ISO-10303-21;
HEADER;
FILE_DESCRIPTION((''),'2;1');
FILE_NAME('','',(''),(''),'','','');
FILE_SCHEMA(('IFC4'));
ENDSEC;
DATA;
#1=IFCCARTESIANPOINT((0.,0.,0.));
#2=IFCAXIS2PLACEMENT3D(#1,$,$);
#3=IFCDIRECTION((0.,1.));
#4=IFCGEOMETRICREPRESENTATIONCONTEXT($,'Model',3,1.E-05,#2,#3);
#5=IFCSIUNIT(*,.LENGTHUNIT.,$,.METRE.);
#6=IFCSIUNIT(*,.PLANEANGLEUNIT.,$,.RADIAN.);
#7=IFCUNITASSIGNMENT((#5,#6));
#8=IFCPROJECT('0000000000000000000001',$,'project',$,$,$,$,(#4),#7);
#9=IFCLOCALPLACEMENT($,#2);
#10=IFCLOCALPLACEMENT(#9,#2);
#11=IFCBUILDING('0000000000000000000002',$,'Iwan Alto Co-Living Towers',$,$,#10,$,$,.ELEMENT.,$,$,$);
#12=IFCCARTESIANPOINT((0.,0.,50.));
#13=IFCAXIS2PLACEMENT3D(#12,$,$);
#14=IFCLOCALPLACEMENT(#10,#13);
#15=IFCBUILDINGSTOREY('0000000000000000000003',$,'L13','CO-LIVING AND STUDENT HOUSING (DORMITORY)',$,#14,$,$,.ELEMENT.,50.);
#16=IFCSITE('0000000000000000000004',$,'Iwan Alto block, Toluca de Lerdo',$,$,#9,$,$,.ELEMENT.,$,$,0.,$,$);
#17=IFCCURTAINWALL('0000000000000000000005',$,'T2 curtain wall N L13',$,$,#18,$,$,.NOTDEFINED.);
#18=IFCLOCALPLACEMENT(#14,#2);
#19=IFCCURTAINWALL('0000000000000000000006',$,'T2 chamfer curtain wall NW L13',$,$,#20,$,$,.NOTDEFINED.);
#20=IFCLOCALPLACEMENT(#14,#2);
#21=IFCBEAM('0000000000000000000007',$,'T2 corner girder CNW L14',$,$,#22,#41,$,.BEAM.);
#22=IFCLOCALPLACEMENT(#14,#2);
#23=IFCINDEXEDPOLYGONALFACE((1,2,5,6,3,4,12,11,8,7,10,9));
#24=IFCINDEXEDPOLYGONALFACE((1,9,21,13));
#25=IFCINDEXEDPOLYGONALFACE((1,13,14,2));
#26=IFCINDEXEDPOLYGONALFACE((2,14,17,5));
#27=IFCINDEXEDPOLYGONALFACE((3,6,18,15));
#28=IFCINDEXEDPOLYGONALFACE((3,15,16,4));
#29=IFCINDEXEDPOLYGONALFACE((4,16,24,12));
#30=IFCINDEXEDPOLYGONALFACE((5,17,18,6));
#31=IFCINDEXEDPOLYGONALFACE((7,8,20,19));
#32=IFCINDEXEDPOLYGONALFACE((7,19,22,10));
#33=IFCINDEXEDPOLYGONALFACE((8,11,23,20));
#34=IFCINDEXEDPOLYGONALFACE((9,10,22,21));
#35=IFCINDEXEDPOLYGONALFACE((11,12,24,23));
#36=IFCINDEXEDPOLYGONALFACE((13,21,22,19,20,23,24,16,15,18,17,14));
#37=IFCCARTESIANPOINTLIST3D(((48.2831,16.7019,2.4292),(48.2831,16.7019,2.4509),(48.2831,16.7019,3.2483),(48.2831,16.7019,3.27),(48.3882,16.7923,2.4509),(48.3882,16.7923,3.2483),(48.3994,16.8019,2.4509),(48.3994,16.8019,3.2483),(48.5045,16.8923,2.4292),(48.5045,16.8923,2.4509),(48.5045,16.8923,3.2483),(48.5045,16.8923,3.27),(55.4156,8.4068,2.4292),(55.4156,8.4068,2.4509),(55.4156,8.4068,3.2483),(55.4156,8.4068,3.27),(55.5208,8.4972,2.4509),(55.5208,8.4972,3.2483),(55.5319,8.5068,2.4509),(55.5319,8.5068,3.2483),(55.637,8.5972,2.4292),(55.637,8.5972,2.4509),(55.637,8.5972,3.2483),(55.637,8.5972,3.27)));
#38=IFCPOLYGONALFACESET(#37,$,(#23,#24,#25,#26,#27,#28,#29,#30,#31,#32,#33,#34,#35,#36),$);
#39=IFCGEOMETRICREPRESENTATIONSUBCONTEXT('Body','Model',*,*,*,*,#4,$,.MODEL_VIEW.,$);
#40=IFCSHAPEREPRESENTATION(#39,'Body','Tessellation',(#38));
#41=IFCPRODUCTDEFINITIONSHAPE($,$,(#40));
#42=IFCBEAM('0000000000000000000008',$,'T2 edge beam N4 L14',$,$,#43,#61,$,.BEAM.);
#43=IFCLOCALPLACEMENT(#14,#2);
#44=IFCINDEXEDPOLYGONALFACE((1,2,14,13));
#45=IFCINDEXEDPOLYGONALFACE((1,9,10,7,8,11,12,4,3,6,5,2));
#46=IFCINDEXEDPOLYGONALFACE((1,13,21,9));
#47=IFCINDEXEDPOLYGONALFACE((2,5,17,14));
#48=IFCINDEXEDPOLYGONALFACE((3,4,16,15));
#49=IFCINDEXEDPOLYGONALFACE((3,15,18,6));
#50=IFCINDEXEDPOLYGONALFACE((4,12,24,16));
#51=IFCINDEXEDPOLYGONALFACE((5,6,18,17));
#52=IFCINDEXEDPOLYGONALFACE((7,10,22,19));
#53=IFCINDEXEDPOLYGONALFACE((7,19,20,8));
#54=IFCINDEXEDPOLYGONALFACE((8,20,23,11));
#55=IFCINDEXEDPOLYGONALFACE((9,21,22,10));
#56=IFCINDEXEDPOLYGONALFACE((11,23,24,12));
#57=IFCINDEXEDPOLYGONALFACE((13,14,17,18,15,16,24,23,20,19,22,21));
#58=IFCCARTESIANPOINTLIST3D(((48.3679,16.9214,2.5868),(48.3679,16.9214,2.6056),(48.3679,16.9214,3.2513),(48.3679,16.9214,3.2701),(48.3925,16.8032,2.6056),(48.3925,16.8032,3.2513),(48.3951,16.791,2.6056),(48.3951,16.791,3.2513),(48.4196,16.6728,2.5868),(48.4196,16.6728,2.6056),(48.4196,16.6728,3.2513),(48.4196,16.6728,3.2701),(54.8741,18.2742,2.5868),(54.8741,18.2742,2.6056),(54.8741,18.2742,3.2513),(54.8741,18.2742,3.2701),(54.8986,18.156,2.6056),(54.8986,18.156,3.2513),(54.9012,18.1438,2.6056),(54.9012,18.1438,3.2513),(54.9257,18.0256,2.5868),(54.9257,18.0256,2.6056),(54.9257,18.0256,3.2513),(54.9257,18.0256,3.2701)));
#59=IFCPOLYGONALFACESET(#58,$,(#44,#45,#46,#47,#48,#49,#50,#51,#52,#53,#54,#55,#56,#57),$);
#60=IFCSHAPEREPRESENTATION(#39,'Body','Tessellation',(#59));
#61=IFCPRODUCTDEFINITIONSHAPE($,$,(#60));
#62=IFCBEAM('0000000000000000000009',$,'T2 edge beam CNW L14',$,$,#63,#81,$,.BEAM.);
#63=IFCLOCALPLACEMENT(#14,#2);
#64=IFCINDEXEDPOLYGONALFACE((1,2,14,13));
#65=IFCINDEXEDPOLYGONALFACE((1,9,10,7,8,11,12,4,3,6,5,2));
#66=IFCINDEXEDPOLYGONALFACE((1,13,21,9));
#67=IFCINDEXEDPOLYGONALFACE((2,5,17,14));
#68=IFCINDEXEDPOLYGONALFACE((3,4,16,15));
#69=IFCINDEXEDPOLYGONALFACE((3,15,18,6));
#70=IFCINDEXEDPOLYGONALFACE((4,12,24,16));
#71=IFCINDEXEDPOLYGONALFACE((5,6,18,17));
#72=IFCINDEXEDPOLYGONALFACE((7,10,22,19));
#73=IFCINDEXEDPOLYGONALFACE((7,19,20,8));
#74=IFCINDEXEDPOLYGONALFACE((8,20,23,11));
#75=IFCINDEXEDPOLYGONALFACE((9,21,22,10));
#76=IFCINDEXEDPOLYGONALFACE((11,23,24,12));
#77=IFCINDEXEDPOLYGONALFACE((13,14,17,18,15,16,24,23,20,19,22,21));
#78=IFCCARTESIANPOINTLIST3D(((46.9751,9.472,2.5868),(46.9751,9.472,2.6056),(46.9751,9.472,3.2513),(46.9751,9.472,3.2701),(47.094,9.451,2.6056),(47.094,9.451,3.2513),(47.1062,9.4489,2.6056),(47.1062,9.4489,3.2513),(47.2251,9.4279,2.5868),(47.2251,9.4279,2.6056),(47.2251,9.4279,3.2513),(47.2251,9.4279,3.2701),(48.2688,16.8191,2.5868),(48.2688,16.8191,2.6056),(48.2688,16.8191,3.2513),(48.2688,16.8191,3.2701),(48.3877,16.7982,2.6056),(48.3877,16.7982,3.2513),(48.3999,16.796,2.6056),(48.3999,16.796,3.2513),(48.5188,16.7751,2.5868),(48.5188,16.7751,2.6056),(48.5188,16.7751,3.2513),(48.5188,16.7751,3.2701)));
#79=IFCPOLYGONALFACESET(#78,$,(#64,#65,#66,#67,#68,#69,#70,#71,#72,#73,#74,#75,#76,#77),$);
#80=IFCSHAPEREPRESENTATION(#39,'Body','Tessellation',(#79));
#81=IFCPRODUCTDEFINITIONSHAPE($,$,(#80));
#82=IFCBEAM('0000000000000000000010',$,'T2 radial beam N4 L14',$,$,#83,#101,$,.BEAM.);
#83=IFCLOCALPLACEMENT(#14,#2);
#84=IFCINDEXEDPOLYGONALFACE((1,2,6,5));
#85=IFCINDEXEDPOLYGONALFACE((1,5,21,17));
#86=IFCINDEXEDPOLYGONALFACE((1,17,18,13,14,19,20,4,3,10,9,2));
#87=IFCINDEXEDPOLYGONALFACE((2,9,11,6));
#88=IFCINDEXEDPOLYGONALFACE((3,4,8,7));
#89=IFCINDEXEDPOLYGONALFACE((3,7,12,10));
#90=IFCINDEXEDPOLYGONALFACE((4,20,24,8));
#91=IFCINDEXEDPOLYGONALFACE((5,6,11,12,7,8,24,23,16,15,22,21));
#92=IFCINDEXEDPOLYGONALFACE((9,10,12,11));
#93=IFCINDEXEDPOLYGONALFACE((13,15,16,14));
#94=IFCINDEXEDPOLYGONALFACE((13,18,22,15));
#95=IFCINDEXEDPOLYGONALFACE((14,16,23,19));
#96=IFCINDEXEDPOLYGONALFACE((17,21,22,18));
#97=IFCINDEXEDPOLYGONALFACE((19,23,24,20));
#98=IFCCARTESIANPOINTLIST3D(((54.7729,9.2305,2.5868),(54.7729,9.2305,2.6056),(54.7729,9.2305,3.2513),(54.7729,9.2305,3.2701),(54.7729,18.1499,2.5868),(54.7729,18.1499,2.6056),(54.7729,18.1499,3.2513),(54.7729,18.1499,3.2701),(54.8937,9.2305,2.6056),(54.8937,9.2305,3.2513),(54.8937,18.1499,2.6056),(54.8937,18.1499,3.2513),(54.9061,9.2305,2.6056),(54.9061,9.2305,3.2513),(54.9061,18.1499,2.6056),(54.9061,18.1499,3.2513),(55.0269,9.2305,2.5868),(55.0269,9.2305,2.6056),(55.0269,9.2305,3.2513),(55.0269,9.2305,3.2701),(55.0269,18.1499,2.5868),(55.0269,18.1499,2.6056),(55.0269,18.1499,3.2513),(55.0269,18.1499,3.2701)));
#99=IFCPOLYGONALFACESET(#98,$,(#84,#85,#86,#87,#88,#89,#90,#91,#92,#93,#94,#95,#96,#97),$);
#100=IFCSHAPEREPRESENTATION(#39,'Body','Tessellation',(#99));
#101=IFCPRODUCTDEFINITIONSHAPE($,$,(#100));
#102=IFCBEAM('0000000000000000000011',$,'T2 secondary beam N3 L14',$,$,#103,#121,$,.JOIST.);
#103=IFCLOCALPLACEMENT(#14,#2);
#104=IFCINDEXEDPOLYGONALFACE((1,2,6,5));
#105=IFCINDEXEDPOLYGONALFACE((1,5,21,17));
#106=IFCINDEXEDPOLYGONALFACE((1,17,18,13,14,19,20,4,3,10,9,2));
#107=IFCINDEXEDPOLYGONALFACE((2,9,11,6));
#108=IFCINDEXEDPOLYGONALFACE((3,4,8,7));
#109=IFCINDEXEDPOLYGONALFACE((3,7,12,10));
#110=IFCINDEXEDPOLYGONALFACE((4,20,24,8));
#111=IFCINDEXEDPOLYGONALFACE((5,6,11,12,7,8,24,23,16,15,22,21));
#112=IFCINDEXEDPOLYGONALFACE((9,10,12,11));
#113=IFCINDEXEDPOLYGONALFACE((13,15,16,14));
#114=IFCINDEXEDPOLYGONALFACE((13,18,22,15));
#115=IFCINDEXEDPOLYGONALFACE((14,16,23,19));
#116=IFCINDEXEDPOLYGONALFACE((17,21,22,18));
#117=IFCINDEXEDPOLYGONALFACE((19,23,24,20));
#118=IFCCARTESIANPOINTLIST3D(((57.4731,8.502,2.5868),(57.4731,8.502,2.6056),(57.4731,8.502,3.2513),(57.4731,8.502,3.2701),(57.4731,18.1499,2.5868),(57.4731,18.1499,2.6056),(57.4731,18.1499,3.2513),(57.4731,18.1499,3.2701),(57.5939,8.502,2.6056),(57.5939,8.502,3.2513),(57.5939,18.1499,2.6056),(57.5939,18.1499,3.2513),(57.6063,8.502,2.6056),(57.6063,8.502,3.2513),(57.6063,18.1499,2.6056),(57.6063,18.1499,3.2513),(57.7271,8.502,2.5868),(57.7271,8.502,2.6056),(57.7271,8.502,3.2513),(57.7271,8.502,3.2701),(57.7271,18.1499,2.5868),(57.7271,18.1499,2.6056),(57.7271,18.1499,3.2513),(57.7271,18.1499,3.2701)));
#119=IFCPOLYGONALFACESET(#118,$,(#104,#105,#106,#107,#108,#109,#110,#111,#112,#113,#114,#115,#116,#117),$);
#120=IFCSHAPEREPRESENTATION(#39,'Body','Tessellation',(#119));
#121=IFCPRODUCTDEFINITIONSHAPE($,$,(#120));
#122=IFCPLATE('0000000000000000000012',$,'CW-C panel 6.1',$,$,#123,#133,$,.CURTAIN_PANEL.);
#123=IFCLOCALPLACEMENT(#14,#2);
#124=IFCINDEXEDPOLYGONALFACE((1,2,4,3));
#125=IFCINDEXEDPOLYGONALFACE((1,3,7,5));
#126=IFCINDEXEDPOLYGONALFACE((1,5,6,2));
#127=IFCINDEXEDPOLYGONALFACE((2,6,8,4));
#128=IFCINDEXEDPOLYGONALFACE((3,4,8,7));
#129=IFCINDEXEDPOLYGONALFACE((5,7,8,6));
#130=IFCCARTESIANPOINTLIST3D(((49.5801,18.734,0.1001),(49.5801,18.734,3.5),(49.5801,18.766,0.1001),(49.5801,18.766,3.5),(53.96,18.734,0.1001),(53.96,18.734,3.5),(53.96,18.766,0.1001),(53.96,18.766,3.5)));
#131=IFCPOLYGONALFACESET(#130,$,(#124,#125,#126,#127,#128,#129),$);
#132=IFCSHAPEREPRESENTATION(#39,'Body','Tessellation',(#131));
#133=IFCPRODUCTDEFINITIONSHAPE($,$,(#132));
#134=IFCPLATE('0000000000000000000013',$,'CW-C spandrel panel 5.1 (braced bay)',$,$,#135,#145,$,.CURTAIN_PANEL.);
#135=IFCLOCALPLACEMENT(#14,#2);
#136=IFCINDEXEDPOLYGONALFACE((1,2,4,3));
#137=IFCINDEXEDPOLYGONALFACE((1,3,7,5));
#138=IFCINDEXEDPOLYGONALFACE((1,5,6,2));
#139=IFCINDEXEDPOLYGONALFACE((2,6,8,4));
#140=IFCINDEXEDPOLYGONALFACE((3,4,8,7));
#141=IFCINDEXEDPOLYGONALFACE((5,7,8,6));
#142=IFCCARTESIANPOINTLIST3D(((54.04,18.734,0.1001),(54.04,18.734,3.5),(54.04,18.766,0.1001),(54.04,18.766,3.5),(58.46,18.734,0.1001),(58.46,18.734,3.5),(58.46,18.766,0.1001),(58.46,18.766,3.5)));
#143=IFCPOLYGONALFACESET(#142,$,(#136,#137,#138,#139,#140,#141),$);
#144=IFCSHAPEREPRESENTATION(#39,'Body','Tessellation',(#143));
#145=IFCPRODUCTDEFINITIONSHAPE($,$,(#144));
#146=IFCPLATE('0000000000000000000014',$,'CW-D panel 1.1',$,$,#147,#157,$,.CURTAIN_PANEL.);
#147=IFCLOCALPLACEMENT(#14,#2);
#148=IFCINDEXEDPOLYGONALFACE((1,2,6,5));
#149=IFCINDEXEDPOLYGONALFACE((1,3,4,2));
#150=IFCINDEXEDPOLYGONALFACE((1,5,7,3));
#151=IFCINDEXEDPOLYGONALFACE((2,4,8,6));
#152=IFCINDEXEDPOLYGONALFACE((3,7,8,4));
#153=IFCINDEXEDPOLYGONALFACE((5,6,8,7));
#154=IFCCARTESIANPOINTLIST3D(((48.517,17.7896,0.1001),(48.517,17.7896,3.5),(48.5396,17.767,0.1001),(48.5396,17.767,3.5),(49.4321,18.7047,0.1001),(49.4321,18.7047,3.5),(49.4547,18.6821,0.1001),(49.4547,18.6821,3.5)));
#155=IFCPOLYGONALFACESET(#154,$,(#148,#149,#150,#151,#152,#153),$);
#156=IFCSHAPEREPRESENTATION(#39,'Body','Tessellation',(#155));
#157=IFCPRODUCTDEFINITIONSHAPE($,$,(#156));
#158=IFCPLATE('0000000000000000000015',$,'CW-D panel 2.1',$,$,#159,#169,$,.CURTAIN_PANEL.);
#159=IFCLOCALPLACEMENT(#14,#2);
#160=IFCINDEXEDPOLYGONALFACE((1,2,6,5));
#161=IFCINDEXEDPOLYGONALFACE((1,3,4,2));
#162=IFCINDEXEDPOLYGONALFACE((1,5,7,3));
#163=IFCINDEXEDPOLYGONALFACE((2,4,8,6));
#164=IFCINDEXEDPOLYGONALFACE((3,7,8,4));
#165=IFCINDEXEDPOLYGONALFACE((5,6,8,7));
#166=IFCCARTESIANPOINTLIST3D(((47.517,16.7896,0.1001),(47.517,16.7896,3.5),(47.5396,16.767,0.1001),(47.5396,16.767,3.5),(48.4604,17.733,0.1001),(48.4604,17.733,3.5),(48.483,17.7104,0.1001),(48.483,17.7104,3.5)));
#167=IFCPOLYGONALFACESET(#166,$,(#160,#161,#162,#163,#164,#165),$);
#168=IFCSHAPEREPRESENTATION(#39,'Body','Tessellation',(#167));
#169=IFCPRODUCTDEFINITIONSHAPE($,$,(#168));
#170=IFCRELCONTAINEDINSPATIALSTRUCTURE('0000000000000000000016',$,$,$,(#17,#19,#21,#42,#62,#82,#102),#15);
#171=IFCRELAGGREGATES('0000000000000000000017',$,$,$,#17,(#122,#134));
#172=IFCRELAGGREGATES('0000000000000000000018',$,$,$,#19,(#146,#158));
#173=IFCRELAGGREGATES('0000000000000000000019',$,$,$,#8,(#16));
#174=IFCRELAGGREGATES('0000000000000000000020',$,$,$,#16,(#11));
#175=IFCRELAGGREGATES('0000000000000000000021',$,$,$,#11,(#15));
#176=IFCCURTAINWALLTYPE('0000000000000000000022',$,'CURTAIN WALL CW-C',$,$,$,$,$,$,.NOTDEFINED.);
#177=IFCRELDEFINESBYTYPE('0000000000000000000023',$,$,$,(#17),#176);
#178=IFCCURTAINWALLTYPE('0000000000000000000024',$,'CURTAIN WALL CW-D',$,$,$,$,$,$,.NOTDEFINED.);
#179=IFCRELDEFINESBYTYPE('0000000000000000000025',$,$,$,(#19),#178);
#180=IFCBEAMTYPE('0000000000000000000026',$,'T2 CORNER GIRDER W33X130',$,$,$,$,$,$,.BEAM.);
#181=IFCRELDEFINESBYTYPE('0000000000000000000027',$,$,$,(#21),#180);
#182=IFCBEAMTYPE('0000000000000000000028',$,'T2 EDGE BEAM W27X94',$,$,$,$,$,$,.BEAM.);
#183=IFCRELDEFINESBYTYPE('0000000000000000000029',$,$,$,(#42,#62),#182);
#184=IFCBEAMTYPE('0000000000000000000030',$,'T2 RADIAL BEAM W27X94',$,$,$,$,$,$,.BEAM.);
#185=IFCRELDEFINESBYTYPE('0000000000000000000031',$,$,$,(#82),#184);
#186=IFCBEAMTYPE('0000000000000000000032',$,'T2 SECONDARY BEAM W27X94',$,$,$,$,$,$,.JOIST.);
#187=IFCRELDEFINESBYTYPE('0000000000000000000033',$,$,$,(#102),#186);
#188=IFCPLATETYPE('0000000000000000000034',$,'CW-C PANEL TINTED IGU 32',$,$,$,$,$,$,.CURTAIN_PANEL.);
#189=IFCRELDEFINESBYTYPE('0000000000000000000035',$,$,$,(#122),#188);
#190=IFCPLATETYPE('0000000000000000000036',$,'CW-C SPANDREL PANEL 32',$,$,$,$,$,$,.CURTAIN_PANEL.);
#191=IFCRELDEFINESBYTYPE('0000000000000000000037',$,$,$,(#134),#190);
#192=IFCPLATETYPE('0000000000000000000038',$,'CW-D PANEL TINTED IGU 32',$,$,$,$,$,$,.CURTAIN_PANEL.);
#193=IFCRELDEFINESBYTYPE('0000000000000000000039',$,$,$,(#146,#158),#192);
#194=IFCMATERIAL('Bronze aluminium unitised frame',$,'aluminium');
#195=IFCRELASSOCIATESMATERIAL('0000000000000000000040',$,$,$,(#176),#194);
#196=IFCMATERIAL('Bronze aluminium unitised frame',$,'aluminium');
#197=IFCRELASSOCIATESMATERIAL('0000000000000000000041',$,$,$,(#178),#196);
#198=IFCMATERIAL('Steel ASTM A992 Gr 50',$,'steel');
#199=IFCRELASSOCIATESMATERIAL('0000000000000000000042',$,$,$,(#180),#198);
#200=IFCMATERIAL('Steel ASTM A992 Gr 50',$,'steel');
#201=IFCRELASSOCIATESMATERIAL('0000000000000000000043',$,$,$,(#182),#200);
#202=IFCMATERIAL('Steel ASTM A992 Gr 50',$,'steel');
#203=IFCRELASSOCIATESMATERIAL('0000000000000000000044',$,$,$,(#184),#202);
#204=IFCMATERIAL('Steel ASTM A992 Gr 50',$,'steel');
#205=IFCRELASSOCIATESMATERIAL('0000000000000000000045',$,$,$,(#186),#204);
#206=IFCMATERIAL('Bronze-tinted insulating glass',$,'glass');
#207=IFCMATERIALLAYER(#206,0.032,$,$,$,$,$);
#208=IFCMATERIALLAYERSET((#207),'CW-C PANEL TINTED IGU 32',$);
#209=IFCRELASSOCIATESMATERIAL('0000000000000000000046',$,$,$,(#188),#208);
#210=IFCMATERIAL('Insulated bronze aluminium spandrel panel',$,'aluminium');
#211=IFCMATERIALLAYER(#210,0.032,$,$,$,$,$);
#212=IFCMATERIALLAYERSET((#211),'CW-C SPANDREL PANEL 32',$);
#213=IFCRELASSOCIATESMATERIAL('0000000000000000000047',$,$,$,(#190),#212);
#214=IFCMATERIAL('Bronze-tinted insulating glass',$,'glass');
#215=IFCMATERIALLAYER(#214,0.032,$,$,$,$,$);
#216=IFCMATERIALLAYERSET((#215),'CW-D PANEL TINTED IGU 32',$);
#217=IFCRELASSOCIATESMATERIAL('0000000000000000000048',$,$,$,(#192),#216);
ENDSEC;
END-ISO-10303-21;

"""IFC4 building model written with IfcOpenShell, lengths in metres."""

from ifc_helpers import new_model, si_unit, direction, frame, origin, origin_2d, place, context, subcontext, project, spatial, rectangle, i_section, extrude, material, layer, layer_set, material_profile, profile_set, type_object, element, aggregate, save


model = new_model("IFC4")

# Units and contexts
model_context = context("Model", 3, precision=1e-05, world=origin(), true_north=direction((0.0, 1.0)))
body_context = subcontext(model_context, "Body", "Model", "MODEL_VIEW")
ifc_project = project(units=[si_unit("LENGTHUNIT", "METRE"), si_unit("PLANEANGLEUNIT", "RADIAN")], contexts=[model_context])

# Site, building, storey
site_placement = place(None, origin())
site = spatial("IfcSite", under=ifc_project, at=site_placement, Name="Iwan Alto block, Toluca de Lerdo", CompositionType="ELEMENT", RefElevation=0.0)
building_placement = place(site_placement, origin())
building = spatial("IfcBuilding", under=site, at=building_placement, Name="Iwan Alto Co-Living Towers", CompositionType="ELEMENT")
storey_placement = place(building_placement, frame((0.0, 0.0, 50.0)))
storey = spatial("IfcBuildingStorey", under=building, at=storey_placement, Name="L13", Description="CO-LIVING AND STUDENT HOUSING (DORMITORY)", CompositionType="ELEMENT", Elevation=50.0)

# Curtain walls
ifc_material_1 = material(Name="Bronze aluminium unitised frame", Category="aluminium")
curtain_wall_type_1 = type_object("IfcCurtainWallType", Name="CURTAIN WALL CW-C", PredefinedType="NOTDEFINED", material=ifc_material_1)
curtain_wall_1_placement = place(storey_placement, origin())
curtain_wall_1 = element("IfcCurtainWall", 1, at=curtain_wall_1_placement, inside=storey, type_object=curtain_wall_type_1, Name="T2 curtain wall N L13", PredefinedType="NOTDEFINED")
ifc_material_2 = material(Name="Bronze aluminium unitised frame", Category="aluminium")
curtain_wall_type_2 = type_object("IfcCurtainWallType", Name="CURTAIN WALL CW-D", PredefinedType="NOTDEFINED", material=ifc_material_2)
curtain_wall_2_placement = place(storey_placement, origin())
curtain_wall_2 = element("IfcCurtainWall", 2, at=curtain_wall_2_placement, inside=storey, type_object=curtain_wall_type_2, Name="T2 chamfer curtain wall NW L13", PredefinedType="NOTDEFINED")

# Beams
ifc_material_3 = material(Name="Steel ASTM A992 Gr 50", Category="steel")
ifc_material_profile_1 = material_profile(ifc_material_3, i_section(OverallWidth=0.292, OverallDepth=0.8408, WebThickness=0.0146, FlangeThickness=0.0217, at=origin_2d()), Name="W33X130")
ifc_profile_set_1 = profile_set([ifc_material_profile_1], Name="Steel ASTM A992 Gr 50")
beam_type_1 = type_object("IfcBeamType", Name="T2 CORNER GIRDER W33X130", PredefinedType="BEAM", material=ifc_profile_set_1)
beam_1_placement = place(storey_placement, frame((48.3938, 16.7971, 2.8496), z_axis=(0.651972, -0.758243, 0.0), x_axis=(0.758243, 0.651972, 0.0)))
element("IfcBeam", 3, at=beam_1_placement, inside=storey, type_object=beam_type_1, Name="T2 corner girder CNW L14", PredefinedType="BEAM", context=body_context, shape_type="SweptSolid", body=[
    extrude(i_section(OverallWidth=0.292, OverallDepth=0.8408, WebThickness=0.0146, FlangeThickness=0.0217, at=origin_2d()), origin(), (0.0, 0.0, 1.0), 10.9399),
])
ifc_material_4 = material(Name="Steel ASTM A992 Gr 50", Category="steel")
ifc_material_profile_2 = material_profile(ifc_material_4, i_section(OverallWidth=0.2539, OverallDepth=0.6833, WebThickness=0.0125, FlangeThickness=0.0188, at=origin_2d()), Name="W27X94")
ifc_profile_set_2 = profile_set([ifc_material_profile_2], Name="Steel ASTM A992 Gr 50")
beam_type_2 = type_object("IfcBeamType", Name="T2 EDGE BEAM W27X94", PredefinedType="BEAM", material=ifc_profile_set_2)
beam_2_placement = place(storey_placement, frame((54.8999, 18.1499, 2.9285), z_axis=(-0.97906, -0.203571, 0.0), x_axis=(0.203571, -0.97906, 0.0)))
element("IfcBeam", 4, at=beam_2_placement, inside=storey, type_object=beam_type_2, Name="T2 edge beam N4 L14", PredefinedType="BEAM", context=body_context, shape_type="SweptSolid", body=[
    extrude(i_section(OverallWidth=0.2539, OverallDepth=0.6833, WebThickness=0.0125, FlangeThickness=0.0188, at=origin_2d()), origin(), (0.0, 0.0, 1.0), 6.6453),
])
beam_3_placement = place(storey_placement, frame((48.3938, 16.7971, 2.9285), z_axis=(-0.173414, -0.984849, 0.0), x_axis=(0.984849, -0.173414, 0.0)))
element("IfcBeam", 5, at=beam_3_placement, inside=storey, type_object=beam_type_2, Name="T2 edge beam CNW L14", PredefinedType="BEAM", context=body_context, shape_type="SweptSolid", body=[
    extrude(i_section(OverallWidth=0.2539, OverallDepth=0.6833, WebThickness=0.0125, FlangeThickness=0.0188, at=origin_2d()), origin(), (0.0, 0.0, 1.0), 7.4602),
])
ifc_material_5 = material(Name="Steel ASTM A992 Gr 50", Category="steel")
ifc_material_profile_3 = material_profile(ifc_material_5, i_section(OverallWidth=0.2539, OverallDepth=0.6833, WebThickness=0.0125, FlangeThickness=0.0188, at=origin_2d()), Name="W27X94")
ifc_profile_set_3 = profile_set([ifc_material_profile_3], Name="Steel ASTM A992 Gr 50")
beam_type_3 = type_object("IfcBeamType", Name="T2 RADIAL BEAM W27X94", PredefinedType="BEAM", material=ifc_profile_set_3)
beam_4_placement = place(storey_placement, frame((54.8999, 18.1499, 2.9285), z_axis=(0.0, -1.0, 0.0), x_axis=(1.0, 0.0, 0.0)))
element("IfcBeam", 6, at=beam_4_placement, inside=storey, type_object=beam_type_3, Name="T2 radial beam N4 L14", PredefinedType="BEAM", context=body_context, shape_type="SweptSolid", body=[
    extrude(i_section(OverallWidth=0.2539, OverallDepth=0.6833, WebThickness=0.0125, FlangeThickness=0.0188, at=origin_2d()), origin(), (0.0, 0.0, 1.0), 8.9194),
])
ifc_material_6 = material(Name="Steel ASTM A992 Gr 50", Category="steel")
ifc_material_profile_4 = material_profile(ifc_material_6, i_section(OverallWidth=0.2539, OverallDepth=0.6833, WebThickness=0.0125, FlangeThickness=0.0188, at=origin_2d()), Name="W27X94")
ifc_profile_set_4 = profile_set([ifc_material_profile_4], Name="Steel ASTM A992 Gr 50")
beam_type_4 = type_object("IfcBeamType", Name="T2 SECONDARY BEAM W27X94", PredefinedType="JOIST", material=ifc_profile_set_4)
beam_5_placement = place(storey_placement, frame((57.6001, 18.1499, 2.9285), z_axis=(0.0, -1.0, 0.0), x_axis=(1.0, 0.0, 0.0)))
element("IfcBeam", 7, at=beam_5_placement, inside=storey, type_object=beam_type_4, Name="T2 secondary beam N3 L14", PredefinedType="JOIST", context=body_context, shape_type="SweptSolid", body=[
    extrude(i_section(OverallWidth=0.2539, OverallDepth=0.6833, WebThickness=0.0125, FlangeThickness=0.0188, at=origin_2d()), origin(), (0.0, 0.0, 1.0), 9.6479),
])

# Plates
ifc_material_7 = material(Name="Bronze-tinted insulating glass", Category="glass")
ifc_layer_1 = layer(ifc_material_7, 0.032)
ifc_layer_set_1 = layer_set([ifc_layer_1], Name="CW-C PANEL TINTED IGU 32")
plate_type_1 = type_object("IfcPlateType", Name="CW-C PANEL TINTED IGU 32", PredefinedType="CURTAIN_PANEL", material=ifc_layer_set_1)
plate_1_placement = place(storey_placement, frame((51.77, 18.75, 0.1001), z_axis=(0.0, 0.0, 1.0), x_axis=(-1.0, 0.0, 0.0)))
plate_1 = element("IfcPlate", 8, at=plate_1_placement, type_object=plate_type_1, Name="CW-C panel 6.1", PredefinedType="CURTAIN_PANEL", context=body_context, shape_type="SweptSolid", body=[
    extrude(rectangle(XDim=4.3799, YDim=0.032, at=origin_2d()), origin(), (0.0, 0.0, 1.0), 3.3999),
])
ifc_material_8 = material(Name="Insulated bronze aluminium spandrel panel", Category="aluminium")
ifc_layer_2 = layer(ifc_material_8, 0.032)
ifc_layer_set_2 = layer_set([ifc_layer_2], Name="CW-C SPANDREL PANEL 32")
plate_type_2 = type_object("IfcPlateType", Name="CW-C SPANDREL PANEL 32", PredefinedType="CURTAIN_PANEL", material=ifc_layer_set_2)
plate_2_placement = place(storey_placement, frame((56.25, 18.75, 0.1001), z_axis=(0.0, 0.0, 1.0), x_axis=(-1.0, 0.0, 0.0)))
plate_2 = element("IfcPlate", 9, at=plate_2_placement, type_object=plate_type_2, Name="CW-C spandrel panel 5.1 (braced bay)", PredefinedType="CURTAIN_PANEL", context=body_context, shape_type="SweptSolid", body=[
    extrude(rectangle(XDim=4.4199, YDim=0.032, at=origin_2d()), origin(), (0.0, 0.0, 1.0), 3.3999),
])
aggregate(curtain_wall_1, [plate_1, plate_2])
ifc_material_9 = material(Name="Bronze-tinted insulating glass", Category="glass")
ifc_layer_3 = layer(ifc_material_9, 0.032)
ifc_layer_set_3 = layer_set([ifc_layer_3], Name="CW-D PANEL TINTED IGU 32")
plate_type_3 = type_object("IfcPlateType", Name="CW-D PANEL TINTED IGU 32", PredefinedType="CURTAIN_PANEL", material=ifc_layer_set_3)
plate_3_placement = place(storey_placement, frame((48.9858, 18.2358, 0.1001), z_axis=(0.0, 0.0, 1.0), x_axis=(-0.707107, -0.707107, 0.0)))
plate_3 = element("IfcPlate", 10, at=plate_3_placement, type_object=plate_type_3, Name="CW-D panel 1.1", PredefinedType="CURTAIN_PANEL", context=body_context, shape_type="SweptSolid", body=[
    extrude(rectangle(XDim=1.2942, YDim=0.032, at=origin_2d()), origin(), (0.0, 0.0, 1.0), 3.3999),
])
plate_4_placement = place(storey_placement, frame((48.0, 17.25, 0.1001), z_axis=(0.0, 0.0, 1.0), x_axis=(-0.707107, -0.707107, 0.0)))
plate_4 = element("IfcPlate", 11, at=plate_4_placement, type_object=plate_type_3, Name="CW-D panel 2.1", PredefinedType="CURTAIN_PANEL", context=body_context, shape_type="SweptSolid", body=[
    extrude(rectangle(XDim=1.3342, YDim=0.032, at=origin_2d()), origin(), (0.0, 0.0, 1.0), 3.3999),
])
aggregate(curtain_wall_2, [plate_3, plate_4])

save(model, "model.ifc")
